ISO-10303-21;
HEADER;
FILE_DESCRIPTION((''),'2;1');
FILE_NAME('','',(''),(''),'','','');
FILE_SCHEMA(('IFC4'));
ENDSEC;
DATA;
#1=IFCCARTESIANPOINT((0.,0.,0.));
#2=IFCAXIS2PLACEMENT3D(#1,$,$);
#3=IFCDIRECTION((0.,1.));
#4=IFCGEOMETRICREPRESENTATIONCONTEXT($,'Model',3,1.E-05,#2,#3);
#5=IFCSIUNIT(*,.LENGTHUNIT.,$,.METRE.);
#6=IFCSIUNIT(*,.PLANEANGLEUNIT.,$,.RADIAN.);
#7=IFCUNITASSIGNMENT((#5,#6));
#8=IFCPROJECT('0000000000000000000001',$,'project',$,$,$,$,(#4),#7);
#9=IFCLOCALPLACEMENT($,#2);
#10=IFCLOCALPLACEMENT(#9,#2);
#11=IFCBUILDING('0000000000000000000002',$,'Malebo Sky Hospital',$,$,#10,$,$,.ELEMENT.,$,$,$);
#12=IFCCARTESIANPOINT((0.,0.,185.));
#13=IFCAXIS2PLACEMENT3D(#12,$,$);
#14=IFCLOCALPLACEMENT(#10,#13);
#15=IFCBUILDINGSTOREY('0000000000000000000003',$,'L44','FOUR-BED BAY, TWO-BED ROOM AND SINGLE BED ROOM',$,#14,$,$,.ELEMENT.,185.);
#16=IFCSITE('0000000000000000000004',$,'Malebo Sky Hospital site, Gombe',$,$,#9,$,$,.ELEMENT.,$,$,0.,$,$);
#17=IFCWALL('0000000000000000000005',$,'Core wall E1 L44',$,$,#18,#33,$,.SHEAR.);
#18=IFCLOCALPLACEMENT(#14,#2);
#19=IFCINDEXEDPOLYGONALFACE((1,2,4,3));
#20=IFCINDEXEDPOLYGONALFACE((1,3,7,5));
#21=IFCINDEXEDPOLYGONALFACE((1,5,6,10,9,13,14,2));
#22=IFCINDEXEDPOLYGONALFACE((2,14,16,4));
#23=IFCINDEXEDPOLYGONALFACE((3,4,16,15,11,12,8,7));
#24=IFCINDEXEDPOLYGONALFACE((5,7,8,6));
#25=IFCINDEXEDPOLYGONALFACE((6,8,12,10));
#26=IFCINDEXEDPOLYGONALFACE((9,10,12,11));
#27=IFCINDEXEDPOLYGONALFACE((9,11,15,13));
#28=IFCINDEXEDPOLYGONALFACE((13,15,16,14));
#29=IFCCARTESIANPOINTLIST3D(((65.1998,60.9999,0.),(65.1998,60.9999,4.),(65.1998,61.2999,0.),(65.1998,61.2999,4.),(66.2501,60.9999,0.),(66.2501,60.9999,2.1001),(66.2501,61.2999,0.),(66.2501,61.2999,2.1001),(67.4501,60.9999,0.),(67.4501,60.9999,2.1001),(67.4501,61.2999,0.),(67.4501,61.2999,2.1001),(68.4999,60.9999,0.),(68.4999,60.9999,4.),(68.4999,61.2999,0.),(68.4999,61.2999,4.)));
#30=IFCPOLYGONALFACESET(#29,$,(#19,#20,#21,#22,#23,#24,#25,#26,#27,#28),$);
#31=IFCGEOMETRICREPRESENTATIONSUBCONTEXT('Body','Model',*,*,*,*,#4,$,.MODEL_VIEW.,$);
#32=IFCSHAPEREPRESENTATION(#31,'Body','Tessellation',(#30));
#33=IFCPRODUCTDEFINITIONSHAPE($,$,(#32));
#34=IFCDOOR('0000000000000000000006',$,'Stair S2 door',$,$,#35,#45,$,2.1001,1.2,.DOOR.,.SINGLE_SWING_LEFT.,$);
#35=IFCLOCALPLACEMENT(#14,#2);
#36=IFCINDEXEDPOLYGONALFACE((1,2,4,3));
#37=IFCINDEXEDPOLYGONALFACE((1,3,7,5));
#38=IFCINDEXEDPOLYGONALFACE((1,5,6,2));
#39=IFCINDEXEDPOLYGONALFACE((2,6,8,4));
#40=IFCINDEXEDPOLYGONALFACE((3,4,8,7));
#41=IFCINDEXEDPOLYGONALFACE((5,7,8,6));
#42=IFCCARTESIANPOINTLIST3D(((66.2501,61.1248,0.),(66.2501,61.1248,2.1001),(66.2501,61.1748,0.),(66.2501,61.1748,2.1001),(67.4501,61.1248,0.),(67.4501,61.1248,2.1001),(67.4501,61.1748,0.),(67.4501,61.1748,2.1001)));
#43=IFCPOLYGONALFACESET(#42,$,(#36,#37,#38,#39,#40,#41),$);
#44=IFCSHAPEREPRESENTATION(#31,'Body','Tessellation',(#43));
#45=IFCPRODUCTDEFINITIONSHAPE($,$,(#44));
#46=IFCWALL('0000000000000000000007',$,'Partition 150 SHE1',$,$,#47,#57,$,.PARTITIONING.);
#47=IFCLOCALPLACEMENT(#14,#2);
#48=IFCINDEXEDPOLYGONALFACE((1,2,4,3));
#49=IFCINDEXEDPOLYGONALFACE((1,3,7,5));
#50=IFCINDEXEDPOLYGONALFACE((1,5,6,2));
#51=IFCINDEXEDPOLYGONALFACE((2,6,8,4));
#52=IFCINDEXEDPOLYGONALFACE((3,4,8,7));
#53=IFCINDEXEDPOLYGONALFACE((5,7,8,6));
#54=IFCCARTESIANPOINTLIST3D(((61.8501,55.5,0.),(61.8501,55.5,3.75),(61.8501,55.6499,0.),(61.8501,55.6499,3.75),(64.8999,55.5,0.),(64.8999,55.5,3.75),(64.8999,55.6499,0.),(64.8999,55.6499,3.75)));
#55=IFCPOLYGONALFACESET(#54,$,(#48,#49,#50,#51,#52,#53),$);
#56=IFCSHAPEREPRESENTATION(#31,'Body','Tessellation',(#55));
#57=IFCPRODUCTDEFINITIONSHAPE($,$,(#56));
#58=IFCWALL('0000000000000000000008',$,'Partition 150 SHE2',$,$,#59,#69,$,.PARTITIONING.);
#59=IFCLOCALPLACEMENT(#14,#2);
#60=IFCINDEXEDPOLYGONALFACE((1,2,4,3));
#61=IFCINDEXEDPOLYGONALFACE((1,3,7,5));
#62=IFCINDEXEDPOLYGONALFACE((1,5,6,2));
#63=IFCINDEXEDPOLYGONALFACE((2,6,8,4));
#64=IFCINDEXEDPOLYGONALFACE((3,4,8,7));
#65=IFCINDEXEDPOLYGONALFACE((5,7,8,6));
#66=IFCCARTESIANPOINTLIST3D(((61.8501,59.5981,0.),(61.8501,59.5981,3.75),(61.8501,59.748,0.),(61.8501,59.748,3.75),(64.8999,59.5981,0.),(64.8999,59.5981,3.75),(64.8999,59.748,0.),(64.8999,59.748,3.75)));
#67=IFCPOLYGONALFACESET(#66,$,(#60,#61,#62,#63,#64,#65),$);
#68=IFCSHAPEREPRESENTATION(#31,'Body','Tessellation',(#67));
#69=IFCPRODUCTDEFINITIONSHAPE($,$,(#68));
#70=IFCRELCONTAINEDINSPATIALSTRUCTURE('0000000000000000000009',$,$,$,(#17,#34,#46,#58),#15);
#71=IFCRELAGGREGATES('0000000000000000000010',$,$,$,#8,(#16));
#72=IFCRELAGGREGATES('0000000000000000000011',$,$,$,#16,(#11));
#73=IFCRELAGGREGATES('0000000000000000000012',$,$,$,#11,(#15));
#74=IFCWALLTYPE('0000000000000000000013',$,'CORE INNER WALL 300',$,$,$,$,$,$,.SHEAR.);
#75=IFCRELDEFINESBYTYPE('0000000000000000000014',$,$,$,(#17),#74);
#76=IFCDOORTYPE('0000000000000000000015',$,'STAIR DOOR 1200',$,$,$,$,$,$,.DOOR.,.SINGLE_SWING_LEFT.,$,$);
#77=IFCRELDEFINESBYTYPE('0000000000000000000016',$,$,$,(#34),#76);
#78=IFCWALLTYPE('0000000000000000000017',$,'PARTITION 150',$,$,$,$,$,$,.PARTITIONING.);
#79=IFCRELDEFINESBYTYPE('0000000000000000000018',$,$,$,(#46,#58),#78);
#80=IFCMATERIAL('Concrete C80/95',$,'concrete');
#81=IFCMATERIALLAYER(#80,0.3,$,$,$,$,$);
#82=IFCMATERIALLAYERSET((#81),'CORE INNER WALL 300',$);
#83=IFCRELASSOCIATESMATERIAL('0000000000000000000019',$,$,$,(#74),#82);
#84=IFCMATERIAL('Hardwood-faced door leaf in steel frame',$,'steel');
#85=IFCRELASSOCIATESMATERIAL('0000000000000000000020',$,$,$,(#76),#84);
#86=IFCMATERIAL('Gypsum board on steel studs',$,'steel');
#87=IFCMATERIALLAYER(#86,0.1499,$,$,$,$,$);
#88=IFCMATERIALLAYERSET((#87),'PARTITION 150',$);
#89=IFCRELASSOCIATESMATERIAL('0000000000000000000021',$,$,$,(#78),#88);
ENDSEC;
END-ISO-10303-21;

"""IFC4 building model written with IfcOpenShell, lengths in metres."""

from ifc_helpers import new_model, si_unit, direction, frame, frame_2d, origin, place, context, subcontext, project, spatial, rectangle, extrude, material, layer, layer_set, type_object, element, fill, save


model = new_model("IFC4")

# Units and contexts
model_context = context("Model", 3, precision=1e-05, world=origin(), true_north=direction((0.0, 1.0)))
body_context = subcontext(model_context, "Body", "Model", "MODEL_VIEW")
ifc_project = project(units=[si_unit("LENGTHUNIT", "METRE"), si_unit("PLANEANGLEUNIT", "RADIAN")], contexts=[model_context])

# Site, building, storey
site_placement = place(None, origin())
site = spatial("IfcSite", under=ifc_project, at=site_placement, Name="Malebo Sky Hospital site, Gombe", CompositionType="ELEMENT", RefElevation=0.0)
building_placement = place(site_placement, origin())
building = spatial("IfcBuilding", under=site, at=building_placement, Name="Malebo Sky Hospital", CompositionType="ELEMENT")
storey_placement = place(building_placement, frame((0.0, 0.0, 185.0)))
storey = spatial("IfcBuildingStorey", under=building, at=storey_placement, Name="L44", Description="FOUR-BED BAY, TWO-BED ROOM AND SINGLE BED ROOM", CompositionType="ELEMENT", Elevation=185.0)

# Shared definitions
ifc_material_1 = material(Name="Concrete C80/95", Category="concrete")
ifc_material_2 = material(Name="Hardwood-faced door leaf in steel frame", Category="steel")

# Shared definitions
ifc_layer_1 = layer(ifc_material_1, 0.3)
ifc_layer_set_1 = layer_set([ifc_layer_1], Name="CORE INNER WALL 300")
wall_type_1 = type_object("IfcWallType", Name="CORE INNER WALL 300", PredefinedType="SHEAR", material=ifc_layer_set_1)

# Wall, opening, door
wall_1_placement = place(storey_placement, frame((65.2, 61.1499, 0.0), z_axis=(0.0, 0.0, 1.0), x_axis=(1.0, 0.0, 0.0)))
wall_1 = element("IfcWall", 1, at=wall_1_placement, inside=storey, type_object=wall_type_1, Name="Core wall E1 L44", PredefinedType="SHEAR", context=body_context, shape_type="SweptSolid", body=[
    extrude(rectangle(XDim=3.3, YDim=0.3, at=frame_2d((1.6499, 0.0))), origin(), (0.0, 0.0, 1.0), 4.0),
])
opening_1_placement = place(wall_1_placement, frame((1.05, 0.0, 0.0)))
opening_1 = element("IfcOpeningElement", 2, at=opening_1_placement, cuts=wall_1, PredefinedType="OPENING", context=body_context, shape_type="SweptSolid", body=[
    extrude(rectangle(XDim=1.2, YDim=2.1001, at=frame_2d((0.6001, 1.05))), frame((0.0, 0.1599, 0.0), z_axis=(0.0, -1.0, 0.0), x_axis=(1.0, 0.0, 0.0)), (0.0, 0.0, 1.0), 0.3201),
])
door_type_1 = type_object("IfcDoorType", Name="STAIR DOOR 1200", OperationType="SINGLE_SWING_LEFT", PredefinedType="DOOR", material=ifc_material_2)
door_1_placement = place(opening_1_placement, origin())
door_1 = element("IfcDoor", 3, at=door_1_placement, inside=storey, type_object=door_type_1, Name="Stair S2 door", OperationType="SINGLE_SWING_LEFT", OverallHeight=2.1001, OverallWidth=1.2, PredefinedType="DOOR", context=body_context, shape_type="SweptSolid", body=[
    extrude(rectangle(XDim=1.2, YDim=2.1001, at=frame_2d((0.6001, 1.05))), frame((0.0, 0.0249, 0.0), z_axis=(0.0, -1.0, 0.0), x_axis=(1.0, 0.0, 0.0)), (0.0, 0.0, 1.0), 0.05),
])
fill(opening_1, door_1)

# Walls
ifc_material_3 = material(Name="Gypsum board on steel studs", Category="steel")
ifc_layer_2 = layer(ifc_material_3, 0.1499)
ifc_layer_set_2 = layer_set([ifc_layer_2], Name="PARTITION 150")
wall_type_2 = type_object("IfcWallType", Name="PARTITION 150", PredefinedType="PARTITIONING", material=ifc_layer_set_2)
for number, where, z_axis, x_axis, name in (
    (4, (61.8501, 55.575, 0.0), (0.0, 0.0, 1.0), (1.0, 0.0, 0.0), "Partition 150 SHE1"),
    (5, (61.8501, 59.6731, 0.0), (0.0, 0.0, 1.0), (1.0, 0.0, 0.0), "Partition 150 SHE2"),
):
    element("IfcWall", number, at=place(storey_placement, frame(where, z_axis=z_axis, x_axis=x_axis)), inside=storey, type_object=wall_type_2, Name=name, PredefinedType="PARTITIONING", context=body_context, shape_type="SweptSolid", body=[
        extrude(rectangle(XDim=3.0498, YDim=0.1499, at=frame_2d((1.5249, 0.0))), origin(), (0.0, 0.0, 1.0), 3.75),
    ])

save(model, "model.ifc")
